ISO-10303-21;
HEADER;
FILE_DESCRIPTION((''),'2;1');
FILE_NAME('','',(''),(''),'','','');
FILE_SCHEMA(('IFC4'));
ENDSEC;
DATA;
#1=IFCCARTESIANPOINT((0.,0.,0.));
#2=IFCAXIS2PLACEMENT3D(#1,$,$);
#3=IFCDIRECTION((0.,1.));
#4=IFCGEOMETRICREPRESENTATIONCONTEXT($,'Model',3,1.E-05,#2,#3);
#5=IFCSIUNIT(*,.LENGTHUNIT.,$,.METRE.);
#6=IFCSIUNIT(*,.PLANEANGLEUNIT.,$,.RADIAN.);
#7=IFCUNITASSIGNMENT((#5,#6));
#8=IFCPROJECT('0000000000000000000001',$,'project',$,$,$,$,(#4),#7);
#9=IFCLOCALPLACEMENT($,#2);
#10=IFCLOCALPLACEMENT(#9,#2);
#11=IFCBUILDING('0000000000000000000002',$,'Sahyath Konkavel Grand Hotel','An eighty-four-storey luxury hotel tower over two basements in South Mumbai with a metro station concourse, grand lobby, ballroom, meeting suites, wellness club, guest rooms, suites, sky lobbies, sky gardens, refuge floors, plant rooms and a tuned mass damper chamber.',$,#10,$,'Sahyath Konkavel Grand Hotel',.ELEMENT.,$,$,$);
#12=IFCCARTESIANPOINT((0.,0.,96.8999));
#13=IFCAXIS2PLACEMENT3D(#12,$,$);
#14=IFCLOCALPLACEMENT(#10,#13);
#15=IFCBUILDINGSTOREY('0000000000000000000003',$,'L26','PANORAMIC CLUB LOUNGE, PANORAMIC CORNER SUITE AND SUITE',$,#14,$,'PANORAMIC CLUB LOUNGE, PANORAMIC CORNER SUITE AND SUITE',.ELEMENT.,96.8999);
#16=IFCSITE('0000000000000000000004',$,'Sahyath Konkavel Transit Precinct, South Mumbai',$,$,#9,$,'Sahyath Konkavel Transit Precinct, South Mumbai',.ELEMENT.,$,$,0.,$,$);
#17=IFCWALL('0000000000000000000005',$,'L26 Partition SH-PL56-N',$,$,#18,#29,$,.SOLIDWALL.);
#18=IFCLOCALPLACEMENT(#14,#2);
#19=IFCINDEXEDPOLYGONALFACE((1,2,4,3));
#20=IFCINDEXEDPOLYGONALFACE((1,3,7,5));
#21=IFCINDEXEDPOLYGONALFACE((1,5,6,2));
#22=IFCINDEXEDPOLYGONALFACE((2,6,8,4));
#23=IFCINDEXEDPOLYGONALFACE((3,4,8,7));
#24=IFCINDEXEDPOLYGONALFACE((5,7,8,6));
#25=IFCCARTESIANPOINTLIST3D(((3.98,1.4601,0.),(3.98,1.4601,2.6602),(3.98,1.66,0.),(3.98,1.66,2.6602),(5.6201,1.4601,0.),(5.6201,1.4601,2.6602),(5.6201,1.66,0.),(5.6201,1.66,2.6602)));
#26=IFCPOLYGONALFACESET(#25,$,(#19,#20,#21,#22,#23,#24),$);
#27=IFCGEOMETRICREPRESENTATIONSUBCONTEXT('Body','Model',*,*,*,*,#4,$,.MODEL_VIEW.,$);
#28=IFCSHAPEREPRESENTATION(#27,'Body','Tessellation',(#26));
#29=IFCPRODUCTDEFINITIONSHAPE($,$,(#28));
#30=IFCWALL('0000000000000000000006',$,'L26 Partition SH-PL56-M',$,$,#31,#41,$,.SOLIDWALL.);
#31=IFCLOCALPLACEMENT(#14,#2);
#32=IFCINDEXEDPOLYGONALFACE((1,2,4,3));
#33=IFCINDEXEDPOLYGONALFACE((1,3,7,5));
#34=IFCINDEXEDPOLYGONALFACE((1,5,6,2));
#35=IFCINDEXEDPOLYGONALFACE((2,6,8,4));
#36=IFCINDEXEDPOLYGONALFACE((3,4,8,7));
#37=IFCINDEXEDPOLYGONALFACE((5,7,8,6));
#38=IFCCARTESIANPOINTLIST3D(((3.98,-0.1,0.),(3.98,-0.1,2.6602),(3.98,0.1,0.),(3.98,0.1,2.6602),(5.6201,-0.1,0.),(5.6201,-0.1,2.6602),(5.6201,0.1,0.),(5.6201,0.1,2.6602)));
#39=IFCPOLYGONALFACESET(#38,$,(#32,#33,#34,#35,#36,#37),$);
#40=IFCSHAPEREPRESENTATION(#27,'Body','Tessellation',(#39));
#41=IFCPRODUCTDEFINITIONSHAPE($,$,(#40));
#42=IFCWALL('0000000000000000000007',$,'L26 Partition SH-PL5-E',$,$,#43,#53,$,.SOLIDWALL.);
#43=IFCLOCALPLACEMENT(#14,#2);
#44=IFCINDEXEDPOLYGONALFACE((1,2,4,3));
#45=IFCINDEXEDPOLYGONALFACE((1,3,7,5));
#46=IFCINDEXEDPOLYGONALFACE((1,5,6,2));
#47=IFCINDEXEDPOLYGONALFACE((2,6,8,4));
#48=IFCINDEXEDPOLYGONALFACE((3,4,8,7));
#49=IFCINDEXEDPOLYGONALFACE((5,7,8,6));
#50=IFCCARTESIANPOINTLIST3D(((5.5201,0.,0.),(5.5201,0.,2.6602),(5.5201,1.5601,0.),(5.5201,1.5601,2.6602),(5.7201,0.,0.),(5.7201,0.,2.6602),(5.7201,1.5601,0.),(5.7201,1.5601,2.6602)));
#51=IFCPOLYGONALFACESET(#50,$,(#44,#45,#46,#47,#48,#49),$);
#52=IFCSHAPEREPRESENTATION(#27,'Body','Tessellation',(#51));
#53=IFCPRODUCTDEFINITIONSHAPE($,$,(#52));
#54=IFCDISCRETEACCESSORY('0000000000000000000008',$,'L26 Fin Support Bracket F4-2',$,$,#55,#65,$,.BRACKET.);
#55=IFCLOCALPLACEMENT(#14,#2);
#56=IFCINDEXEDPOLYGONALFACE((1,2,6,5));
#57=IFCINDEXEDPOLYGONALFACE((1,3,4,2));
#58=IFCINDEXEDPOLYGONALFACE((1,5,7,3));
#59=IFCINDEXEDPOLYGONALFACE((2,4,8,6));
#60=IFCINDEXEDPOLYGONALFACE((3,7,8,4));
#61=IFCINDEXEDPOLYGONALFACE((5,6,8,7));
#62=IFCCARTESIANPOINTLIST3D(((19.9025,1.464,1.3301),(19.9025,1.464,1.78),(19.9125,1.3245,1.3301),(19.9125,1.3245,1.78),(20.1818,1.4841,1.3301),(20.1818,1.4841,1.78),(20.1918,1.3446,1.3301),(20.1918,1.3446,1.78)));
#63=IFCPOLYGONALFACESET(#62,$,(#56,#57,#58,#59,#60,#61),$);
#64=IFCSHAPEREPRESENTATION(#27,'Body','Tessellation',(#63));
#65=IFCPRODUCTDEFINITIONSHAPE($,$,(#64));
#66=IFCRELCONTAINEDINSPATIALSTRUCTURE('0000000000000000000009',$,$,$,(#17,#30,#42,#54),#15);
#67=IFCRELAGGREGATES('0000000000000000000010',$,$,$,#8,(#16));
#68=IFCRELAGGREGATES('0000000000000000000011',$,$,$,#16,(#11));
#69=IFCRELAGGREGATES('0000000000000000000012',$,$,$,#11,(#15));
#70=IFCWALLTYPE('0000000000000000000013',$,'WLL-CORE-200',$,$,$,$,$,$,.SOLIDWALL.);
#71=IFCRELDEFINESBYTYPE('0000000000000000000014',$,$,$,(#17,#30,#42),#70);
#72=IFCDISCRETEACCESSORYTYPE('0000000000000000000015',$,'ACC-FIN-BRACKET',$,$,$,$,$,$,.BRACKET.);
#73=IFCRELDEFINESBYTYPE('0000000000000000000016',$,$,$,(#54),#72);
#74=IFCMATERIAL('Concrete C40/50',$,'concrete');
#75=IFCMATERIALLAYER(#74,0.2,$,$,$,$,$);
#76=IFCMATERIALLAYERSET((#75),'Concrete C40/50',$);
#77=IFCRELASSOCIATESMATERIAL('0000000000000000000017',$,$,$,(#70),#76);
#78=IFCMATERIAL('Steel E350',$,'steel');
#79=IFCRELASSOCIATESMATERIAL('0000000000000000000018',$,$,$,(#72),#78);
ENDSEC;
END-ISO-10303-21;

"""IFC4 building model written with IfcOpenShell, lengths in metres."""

from ifc_helpers import new_model, si_unit, direction, frame, frame_2d, origin, origin_2d, place, context, subcontext, project, spatial, rectangle, extrude, source, transform, mapped, material, layer, layer_set, type_object, element, save


model = new_model("IFC4")

# Units and contexts
model_context = context("Model", 3, precision=1e-05, world=origin(), true_north=direction((0.0, 1.0)))
body_context = subcontext(model_context, "Body", "Model", "MODEL_VIEW")
ifc_project = project(units=[si_unit("LENGTHUNIT", "METRE"), si_unit("PLANEANGLEUNIT", "RADIAN")], contexts=[model_context])

# Site, building, storey
site_placement = place(None, origin())
site = spatial("IfcSite", under=ifc_project, at=site_placement, Name="Sahyath Konkavel Transit Precinct, South Mumbai", LongName="Sahyath Konkavel Transit Precinct, South Mumbai", CompositionType="ELEMENT", RefElevation=0.0)
building_placement = place(site_placement, origin())
building = spatial("IfcBuilding", under=site, at=building_placement, Name="Sahyath Konkavel Grand Hotel", Description="An eighty-four-storey luxury hotel tower over two basements in South Mumbai with a metro station concourse, grand lobby, ballroom, meeting suites, wellness club, guest rooms, suites, sky lobbies, sky gardens, refuge floors, plant rooms and a tuned mass damper chamber.", LongName="Sahyath Konkavel Grand Hotel", CompositionType="ELEMENT")
storey_placement = place(building_placement, frame((0.0, 0.0, 96.8999)))
storey = spatial("IfcBuildingStorey", under=building, at=storey_placement, Name="L26", Description="PANORAMIC CLUB LOUNGE, PANORAMIC CORNER SUITE AND SUITE", LongName="PANORAMIC CLUB LOUNGE, PANORAMIC CORNER SUITE AND SUITE", CompositionType="ELEMENT", Elevation=96.8999)

# Shared definitions
ifc_material_1 = material(Name="Steel E350", Category="steel")

# Walls
ifc_material_2 = material(Name="Concrete C40/50", Category="concrete")
ifc_layer_1 = layer(ifc_material_2, 0.2)
ifc_layer_set_1 = layer_set([ifc_layer_1], Name="Concrete C40/50")
wall_type_1 = type_object("IfcWallType", Name="WLL-CORE-200", PredefinedType="SOLIDWALL", material=ifc_layer_set_1)
for number, where, z_axis, x_axis, name in (
    (1, (3.98, 1.5601, 0.0), (0.0, 0.0, 1.0), (1.0, 0.0, 0.0), "L26 Partition SH-PL56-N"),
    (2, (3.98, 0.0, 0.0), (0.0, 0.0, 1.0), (1.0, 0.0, 0.0), "L26 Partition SH-PL56-M"),
):
    element("IfcWall", number, at=place(storey_placement, frame(where, z_axis=z_axis, x_axis=x_axis)), inside=storey, type_object=wall_type_1, Name=name, PredefinedType="SOLIDWALL", context=body_context, shape_type="SweptSolid", body=[
        extrude(rectangle(XDim=1.6401, YDim=0.2, at=frame_2d((0.8201, 0.0))), origin(), (0.0, 0.0, 1.0), 2.6602),
    ])
wall_1_placement = place(storey_placement, frame((5.6201, 0.0, 0.0), z_axis=(0.0, 0.0, 1.0), x_axis=(0.0, 1.0, 0.0)))
element("IfcWall", 3, at=wall_1_placement, inside=storey, type_object=wall_type_1, Name="L26 Partition SH-PL5-E", PredefinedType="SOLIDWALL", context=body_context, shape_type="SweptSolid", body=[
    extrude(rectangle(XDim=1.5601, YDim=0.2, at=frame_2d((0.78, 0.0))), origin(), (0.0, 0.0, 1.0), 2.6602),
])

# Discrete accessory
discrete_accessory_type = type_object("IfcDiscreteAccessoryType", Name="ACC-FIN-BRACKET", PredefinedType="BRACKET", material=ifc_material_1)
shared_shape_1 = source(origin(), body_context, "Body", "SweptSolid", [
    extrude(rectangle(XDim=0.28, YDim=0.1399, at=origin_2d()), origin(), (0.0, 0.0, 1.0), 0.45),
])
discrete_accessory_placement = place(storey_placement, frame((20.0471, 1.4043, 1.3301), z_axis=(0.0, 0.0, 1.0), x_axis=(0.997436, 0.071567, 0.0)))
element("IfcDiscreteAccessory", 4, at=discrete_accessory_placement, inside=storey, type_object=discrete_accessory_type, Name="L26 Fin Support Bracket F4-2", PredefinedType="BRACKET", context=body_context, shape_type="MappedRepresentation", body=[
    mapped(shared_shape_1, transform((0.0, 0.0, 0.0), scale=1.0)),
])

save(model, "model.ifc")
